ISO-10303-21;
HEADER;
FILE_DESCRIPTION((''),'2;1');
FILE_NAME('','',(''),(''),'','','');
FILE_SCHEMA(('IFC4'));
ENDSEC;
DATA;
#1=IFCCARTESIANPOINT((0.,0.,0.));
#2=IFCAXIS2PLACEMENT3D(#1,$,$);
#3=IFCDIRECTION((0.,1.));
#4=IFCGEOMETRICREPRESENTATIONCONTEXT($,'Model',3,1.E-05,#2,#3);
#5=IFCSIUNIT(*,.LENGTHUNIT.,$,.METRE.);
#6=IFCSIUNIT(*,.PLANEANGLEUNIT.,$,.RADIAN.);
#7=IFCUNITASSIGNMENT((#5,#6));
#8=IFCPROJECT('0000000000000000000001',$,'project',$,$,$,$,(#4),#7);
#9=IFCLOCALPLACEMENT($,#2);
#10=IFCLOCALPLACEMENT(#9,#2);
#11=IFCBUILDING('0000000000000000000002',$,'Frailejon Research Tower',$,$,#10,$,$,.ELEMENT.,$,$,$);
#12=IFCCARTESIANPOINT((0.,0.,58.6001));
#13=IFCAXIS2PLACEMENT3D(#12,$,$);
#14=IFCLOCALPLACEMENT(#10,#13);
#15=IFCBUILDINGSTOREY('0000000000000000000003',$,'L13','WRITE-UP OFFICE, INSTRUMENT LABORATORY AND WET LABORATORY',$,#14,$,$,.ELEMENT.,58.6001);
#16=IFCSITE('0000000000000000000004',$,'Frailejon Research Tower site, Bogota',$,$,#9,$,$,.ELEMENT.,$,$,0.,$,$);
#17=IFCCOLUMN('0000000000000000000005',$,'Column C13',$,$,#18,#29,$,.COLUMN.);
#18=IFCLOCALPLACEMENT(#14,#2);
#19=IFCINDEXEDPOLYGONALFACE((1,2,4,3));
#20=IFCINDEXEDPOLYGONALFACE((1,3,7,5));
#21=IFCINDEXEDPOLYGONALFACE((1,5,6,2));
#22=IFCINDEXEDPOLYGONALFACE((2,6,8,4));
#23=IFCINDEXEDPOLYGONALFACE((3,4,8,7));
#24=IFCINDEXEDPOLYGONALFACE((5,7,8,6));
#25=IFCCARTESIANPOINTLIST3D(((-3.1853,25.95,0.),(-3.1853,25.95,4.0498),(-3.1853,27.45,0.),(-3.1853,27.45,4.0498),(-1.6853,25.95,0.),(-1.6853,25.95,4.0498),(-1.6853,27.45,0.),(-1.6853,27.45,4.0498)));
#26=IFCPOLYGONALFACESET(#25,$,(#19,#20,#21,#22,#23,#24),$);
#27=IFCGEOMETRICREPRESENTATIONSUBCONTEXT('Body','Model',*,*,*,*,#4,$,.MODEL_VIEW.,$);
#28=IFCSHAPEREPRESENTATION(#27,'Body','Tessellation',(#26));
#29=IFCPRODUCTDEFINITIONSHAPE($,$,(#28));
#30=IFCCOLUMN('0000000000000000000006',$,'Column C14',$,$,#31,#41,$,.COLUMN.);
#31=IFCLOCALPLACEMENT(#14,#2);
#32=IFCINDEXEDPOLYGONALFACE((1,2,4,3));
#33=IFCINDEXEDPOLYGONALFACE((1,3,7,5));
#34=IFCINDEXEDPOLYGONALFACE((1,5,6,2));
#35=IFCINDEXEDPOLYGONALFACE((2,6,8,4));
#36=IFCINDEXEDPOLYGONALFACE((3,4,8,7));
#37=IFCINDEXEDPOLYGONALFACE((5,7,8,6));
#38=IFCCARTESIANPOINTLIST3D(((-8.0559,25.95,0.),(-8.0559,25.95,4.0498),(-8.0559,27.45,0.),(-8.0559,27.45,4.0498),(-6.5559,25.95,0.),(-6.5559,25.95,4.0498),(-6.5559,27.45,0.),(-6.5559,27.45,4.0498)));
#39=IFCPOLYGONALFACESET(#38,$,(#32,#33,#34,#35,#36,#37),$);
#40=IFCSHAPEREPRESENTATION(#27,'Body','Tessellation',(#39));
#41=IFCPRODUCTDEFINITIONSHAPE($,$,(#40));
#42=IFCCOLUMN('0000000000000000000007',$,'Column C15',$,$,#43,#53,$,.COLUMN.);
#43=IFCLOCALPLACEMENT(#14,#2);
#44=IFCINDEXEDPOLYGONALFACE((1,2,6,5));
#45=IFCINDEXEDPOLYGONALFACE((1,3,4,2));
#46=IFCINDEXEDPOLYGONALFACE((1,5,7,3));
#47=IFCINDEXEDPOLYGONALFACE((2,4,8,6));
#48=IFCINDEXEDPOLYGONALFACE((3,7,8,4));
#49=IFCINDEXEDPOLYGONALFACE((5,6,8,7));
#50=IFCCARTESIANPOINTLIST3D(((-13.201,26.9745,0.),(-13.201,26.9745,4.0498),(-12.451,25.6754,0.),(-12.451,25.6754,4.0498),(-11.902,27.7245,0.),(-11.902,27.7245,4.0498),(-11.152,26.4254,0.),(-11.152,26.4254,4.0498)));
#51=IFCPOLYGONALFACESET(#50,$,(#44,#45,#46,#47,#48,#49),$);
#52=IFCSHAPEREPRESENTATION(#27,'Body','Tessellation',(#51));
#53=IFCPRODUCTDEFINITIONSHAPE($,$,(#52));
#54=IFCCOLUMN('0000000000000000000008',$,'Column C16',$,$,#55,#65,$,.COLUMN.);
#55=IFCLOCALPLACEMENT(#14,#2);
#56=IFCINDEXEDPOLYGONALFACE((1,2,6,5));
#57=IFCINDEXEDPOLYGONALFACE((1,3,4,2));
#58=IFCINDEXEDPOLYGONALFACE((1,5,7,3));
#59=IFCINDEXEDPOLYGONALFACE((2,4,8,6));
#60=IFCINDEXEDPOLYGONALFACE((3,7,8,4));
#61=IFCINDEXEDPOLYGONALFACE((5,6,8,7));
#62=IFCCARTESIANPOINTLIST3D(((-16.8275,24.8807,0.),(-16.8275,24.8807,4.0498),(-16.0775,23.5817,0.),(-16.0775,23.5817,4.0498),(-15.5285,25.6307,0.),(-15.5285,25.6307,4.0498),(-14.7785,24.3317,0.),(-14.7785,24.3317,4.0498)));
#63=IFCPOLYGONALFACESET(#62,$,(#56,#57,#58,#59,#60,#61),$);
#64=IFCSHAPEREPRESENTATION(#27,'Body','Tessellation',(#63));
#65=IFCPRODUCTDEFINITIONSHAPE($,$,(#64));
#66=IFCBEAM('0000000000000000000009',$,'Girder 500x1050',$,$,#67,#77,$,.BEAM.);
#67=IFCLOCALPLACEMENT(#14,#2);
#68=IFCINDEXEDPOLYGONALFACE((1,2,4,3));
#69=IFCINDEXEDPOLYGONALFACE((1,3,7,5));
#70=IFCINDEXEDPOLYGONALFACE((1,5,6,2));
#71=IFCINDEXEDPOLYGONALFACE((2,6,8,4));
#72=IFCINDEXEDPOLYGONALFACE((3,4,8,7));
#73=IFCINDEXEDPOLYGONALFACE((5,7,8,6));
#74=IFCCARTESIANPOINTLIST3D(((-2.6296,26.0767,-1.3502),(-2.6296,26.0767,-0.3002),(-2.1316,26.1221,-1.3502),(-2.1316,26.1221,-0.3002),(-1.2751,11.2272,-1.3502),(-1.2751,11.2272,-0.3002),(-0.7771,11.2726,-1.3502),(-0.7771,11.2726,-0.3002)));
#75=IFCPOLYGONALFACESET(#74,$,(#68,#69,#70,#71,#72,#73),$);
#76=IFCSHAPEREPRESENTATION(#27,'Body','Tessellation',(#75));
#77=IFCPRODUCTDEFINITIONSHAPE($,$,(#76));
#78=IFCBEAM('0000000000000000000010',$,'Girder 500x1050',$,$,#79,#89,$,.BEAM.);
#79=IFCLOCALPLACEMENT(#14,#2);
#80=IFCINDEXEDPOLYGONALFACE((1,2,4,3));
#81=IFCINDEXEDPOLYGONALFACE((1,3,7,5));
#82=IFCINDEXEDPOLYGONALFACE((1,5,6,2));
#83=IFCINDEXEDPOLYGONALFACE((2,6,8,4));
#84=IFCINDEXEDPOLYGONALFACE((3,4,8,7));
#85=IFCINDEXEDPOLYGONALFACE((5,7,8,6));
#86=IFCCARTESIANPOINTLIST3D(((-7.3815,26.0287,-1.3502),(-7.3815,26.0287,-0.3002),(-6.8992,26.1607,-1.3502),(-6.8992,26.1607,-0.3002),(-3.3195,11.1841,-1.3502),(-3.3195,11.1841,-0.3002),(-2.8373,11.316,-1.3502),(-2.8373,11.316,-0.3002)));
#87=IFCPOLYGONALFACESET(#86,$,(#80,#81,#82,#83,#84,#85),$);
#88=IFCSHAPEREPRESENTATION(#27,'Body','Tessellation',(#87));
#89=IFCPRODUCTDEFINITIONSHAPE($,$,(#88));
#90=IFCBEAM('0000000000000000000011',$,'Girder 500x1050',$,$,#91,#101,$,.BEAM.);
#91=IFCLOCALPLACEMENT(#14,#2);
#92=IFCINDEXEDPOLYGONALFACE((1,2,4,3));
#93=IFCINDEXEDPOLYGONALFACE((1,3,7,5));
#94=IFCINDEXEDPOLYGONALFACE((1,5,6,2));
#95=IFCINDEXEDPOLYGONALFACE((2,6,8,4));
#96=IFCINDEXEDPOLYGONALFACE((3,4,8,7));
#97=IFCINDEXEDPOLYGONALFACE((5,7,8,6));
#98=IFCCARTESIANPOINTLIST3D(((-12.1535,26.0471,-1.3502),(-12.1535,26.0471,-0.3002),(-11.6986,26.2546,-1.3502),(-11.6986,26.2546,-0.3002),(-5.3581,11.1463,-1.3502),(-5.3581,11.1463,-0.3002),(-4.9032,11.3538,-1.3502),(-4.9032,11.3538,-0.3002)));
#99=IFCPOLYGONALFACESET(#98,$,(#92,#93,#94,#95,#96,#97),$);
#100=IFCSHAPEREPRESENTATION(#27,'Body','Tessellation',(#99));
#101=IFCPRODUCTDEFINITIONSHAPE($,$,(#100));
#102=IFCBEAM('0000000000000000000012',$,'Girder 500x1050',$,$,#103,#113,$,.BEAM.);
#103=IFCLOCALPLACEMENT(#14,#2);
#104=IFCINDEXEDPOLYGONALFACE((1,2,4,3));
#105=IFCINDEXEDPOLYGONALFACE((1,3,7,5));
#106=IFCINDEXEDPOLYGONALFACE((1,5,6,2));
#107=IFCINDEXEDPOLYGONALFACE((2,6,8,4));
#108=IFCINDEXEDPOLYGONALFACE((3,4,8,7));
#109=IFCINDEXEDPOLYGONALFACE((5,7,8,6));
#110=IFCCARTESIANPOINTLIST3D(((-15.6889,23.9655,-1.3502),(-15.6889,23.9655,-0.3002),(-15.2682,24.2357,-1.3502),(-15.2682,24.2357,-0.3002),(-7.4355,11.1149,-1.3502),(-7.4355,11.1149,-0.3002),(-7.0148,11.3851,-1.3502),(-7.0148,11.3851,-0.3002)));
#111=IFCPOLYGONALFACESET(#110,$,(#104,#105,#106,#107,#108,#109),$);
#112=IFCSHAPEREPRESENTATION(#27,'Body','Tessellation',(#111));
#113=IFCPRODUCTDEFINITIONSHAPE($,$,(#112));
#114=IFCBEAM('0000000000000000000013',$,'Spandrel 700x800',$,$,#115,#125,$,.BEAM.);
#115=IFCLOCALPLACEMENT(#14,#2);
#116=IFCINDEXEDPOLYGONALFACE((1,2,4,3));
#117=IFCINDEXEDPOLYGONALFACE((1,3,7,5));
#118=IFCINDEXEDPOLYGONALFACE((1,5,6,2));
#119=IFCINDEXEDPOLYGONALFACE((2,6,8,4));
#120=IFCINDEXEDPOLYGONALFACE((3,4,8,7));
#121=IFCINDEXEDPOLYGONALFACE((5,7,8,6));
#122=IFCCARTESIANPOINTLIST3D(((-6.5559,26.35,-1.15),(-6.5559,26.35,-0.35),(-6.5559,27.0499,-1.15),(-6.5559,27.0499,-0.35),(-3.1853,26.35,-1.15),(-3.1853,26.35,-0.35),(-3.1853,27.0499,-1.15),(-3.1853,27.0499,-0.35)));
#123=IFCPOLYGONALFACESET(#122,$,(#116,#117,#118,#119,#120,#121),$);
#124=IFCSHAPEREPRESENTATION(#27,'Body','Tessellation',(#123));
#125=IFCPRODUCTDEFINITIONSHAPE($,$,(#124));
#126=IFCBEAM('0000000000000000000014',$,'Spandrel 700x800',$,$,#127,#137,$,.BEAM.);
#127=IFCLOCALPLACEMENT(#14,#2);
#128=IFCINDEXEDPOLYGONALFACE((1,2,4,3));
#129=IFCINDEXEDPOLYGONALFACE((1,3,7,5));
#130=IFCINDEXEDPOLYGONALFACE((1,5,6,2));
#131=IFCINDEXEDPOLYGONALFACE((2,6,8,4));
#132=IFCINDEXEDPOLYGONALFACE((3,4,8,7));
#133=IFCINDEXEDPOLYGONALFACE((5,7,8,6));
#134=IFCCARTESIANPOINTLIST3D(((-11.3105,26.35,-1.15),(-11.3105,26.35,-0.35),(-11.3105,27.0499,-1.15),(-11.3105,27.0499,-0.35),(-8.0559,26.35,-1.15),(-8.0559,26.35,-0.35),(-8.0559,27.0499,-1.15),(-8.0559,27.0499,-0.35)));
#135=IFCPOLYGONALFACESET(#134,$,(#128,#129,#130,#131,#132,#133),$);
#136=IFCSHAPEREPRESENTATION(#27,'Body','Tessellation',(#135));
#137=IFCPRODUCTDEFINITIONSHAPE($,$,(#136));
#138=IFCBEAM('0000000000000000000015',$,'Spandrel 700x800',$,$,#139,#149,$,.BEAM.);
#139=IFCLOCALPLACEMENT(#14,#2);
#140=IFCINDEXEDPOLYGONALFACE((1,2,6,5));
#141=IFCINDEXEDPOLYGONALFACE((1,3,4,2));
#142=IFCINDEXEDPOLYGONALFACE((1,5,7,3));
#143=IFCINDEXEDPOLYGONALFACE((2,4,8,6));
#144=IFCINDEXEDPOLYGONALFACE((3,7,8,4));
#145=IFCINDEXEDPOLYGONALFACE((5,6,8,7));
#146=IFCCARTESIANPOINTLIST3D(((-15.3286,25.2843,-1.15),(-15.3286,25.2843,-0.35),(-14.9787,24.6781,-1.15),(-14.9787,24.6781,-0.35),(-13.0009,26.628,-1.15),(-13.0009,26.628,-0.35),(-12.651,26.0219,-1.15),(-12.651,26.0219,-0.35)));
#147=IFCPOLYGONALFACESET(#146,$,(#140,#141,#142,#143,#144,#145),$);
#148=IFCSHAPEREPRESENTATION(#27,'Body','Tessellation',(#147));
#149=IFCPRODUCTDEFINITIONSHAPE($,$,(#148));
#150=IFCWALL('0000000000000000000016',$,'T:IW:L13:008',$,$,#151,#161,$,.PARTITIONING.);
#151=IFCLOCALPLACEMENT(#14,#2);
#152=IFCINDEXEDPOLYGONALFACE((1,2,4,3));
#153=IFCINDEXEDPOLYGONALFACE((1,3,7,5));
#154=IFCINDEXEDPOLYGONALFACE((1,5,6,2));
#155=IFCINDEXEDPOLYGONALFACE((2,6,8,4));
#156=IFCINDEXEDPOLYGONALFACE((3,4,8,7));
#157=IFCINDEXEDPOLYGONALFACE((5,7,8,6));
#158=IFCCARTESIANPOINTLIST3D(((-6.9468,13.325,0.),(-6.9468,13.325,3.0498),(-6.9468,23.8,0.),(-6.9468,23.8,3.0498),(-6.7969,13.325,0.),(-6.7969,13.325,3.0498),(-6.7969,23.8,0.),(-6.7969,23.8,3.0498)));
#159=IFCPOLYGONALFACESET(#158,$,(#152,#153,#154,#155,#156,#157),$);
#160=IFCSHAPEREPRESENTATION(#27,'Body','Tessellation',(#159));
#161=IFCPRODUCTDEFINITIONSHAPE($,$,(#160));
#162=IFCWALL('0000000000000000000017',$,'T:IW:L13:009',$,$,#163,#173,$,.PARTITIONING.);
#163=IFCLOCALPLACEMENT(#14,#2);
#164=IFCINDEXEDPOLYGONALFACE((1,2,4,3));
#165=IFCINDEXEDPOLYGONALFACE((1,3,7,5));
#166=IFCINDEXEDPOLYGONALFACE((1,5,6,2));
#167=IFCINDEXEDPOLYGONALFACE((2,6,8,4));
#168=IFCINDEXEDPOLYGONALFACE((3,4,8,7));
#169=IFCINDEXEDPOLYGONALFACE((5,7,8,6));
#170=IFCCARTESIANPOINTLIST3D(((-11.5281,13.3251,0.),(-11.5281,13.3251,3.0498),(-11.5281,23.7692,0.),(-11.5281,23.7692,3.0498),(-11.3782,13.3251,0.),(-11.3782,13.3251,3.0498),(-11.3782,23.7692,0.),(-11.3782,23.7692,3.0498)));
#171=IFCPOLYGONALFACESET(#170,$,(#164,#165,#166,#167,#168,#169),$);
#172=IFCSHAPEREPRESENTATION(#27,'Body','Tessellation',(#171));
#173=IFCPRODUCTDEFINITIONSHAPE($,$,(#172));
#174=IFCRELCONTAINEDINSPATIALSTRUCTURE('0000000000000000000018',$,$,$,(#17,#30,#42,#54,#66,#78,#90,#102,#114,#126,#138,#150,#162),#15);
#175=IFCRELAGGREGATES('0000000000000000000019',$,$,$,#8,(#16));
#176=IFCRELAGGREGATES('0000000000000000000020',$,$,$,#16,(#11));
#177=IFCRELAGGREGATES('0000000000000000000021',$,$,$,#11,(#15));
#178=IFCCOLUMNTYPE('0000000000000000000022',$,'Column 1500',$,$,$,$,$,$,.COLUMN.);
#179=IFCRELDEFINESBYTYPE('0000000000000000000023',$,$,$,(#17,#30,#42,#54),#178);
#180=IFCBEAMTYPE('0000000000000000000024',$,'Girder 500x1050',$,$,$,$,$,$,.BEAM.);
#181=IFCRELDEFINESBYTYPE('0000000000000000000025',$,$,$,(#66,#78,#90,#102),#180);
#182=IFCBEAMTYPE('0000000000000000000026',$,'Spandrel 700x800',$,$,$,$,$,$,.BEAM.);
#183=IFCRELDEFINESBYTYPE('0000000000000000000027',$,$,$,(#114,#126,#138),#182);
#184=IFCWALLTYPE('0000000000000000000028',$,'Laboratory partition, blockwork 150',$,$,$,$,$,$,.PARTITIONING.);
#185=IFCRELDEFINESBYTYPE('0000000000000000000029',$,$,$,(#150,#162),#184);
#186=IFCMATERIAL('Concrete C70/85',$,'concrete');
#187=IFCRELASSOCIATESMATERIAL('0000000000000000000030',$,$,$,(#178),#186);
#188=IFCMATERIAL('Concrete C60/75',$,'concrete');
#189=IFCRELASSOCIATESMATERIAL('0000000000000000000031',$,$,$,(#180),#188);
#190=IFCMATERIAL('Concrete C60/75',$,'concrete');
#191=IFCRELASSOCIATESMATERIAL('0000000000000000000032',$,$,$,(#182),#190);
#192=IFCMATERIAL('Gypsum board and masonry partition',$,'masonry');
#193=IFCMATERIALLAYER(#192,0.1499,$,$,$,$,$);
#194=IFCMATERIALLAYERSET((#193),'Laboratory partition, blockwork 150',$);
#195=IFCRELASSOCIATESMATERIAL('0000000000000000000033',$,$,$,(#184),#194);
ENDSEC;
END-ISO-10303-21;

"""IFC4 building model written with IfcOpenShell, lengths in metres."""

from ifc_helpers import new_model, si_unit, direction, frame, frame_2d, origin, origin_2d, place, context, subcontext, project, spatial, rectangle, extrude, material, layer, layer_set, material_profile, profile_set, type_object, element, save


model = new_model("IFC4")

# Units and contexts
model_context = context("Model", 3, precision=1e-05, world=origin(), true_north=direction((0.0, 1.0)))
body_context = subcontext(model_context, "Body", "Model", "MODEL_VIEW")
ifc_project = project(units=[si_unit("LENGTHUNIT", "METRE"), si_unit("PLANEANGLEUNIT", "RADIAN")], contexts=[model_context])

# Site, building, storey
site_placement = place(None, origin())
site = spatial("IfcSite", under=ifc_project, at=site_placement, Name="Frailejon Research Tower site, Bogota", CompositionType="ELEMENT", RefElevation=0.0)
building_placement = place(site_placement, origin())
building = spatial("IfcBuilding", under=site, at=building_placement, Name="Frailejon Research Tower", CompositionType="ELEMENT")
storey_placement = place(building_placement, frame((0.0, 0.0, 58.6001)))
storey = spatial("IfcBuildingStorey", under=building, at=storey_placement, Name="L13", Description="WRITE-UP OFFICE, INSTRUMENT LABORATORY AND WET LABORATORY", CompositionType="ELEMENT", Elevation=58.6001)

# Columns
ifc_material_1 = material(Name="Concrete C70/85", Category="concrete")
ifc_material_profile_1 = material_profile(ifc_material_1, rectangle(XDim=1.5, YDim=1.5, at=origin_2d()), Name="Column 1500")
ifc_profile_set_1 = profile_set([ifc_material_profile_1], Name="Concrete C70/85")
column_type = type_object("IfcColumnType", Name="Column 1500", PredefinedType="COLUMN", material=ifc_profile_set_1)
for number, where, z_axis, x_axis, name in (
    (1, (-2.4353, 26.7, 0.0), (0.0, 0.0, 1.0), (-1.0, 0.0, 0.0), "Column C13"),
    (2, (-7.3059, 26.7, 0.0), (0.0, 0.0, 1.0), (-1.0, 0.0, 0.0), "Column C14"),
    (3, (-12.1765, 26.7, 0.0), (0.0, 0.0, 1.0), (-0.866025, -0.5, 0.0), "Column C15"),
    (4, (-15.803, 24.6062, 0.0), (0.0, 0.0, 1.0), (-0.866025, -0.5, 0.0), "Column C16"),
):
    element("IfcColumn", number, at=place(storey_placement, frame(where, z_axis=z_axis, x_axis=x_axis)), inside=storey, type_object=column_type, Name=name, PredefinedType="COLUMN", context=body_context, shape_type="SweptSolid", body=[
        extrude(rectangle(XDim=1.5, YDim=1.5, at=origin_2d()), origin(), (0.0, 0.0, 1.0), 4.0498),
    ])

# Beams
ifc_material_2 = material(Name="Concrete C60/75", Category="concrete")
ifc_material_profile_2 = material_profile(ifc_material_2, rectangle(XDim=0.5, YDim=1.05, at=origin_2d()), Name="Girder 500x1050")
ifc_profile_set_2 = profile_set([ifc_material_profile_2], Name="Concrete C60/75")
beam_type_1 = type_object("IfcBeamType", Name="Girder 500x1050", PredefinedType="BEAM", material=ifc_profile_set_2)
beam_1_placement = place(storey_placement, frame((-2.3806, 26.0994, -0.8252), z_axis=(0.090838, -0.995866, 0.0), x_axis=(0.995866, 0.090838, 0.0)))
element("IfcBeam", 5, at=beam_1_placement, inside=storey, type_object=beam_type_1, Name="Girder 500x1050", PredefinedType="BEAM", context=body_context, shape_type="SweptSolid", body=[
    extrude(rectangle(XDim=0.5, YDim=1.05, at=origin_2d()), origin(), (0.0, 0.0, 1.0), 14.9111),
])
beam_2_placement = place(storey_placement, frame((-7.1404, 26.0947, -0.8252), z_axis=(0.263931, -0.964542, 0.0), x_axis=(0.964542, 0.263931, 0.0)))
element("IfcBeam", 6, at=beam_2_placement, inside=storey, type_object=beam_type_1, Name="Girder 500x1050", PredefinedType="BEAM", context=body_context, shape_type="SweptSolid", body=[
    extrude(rectangle(XDim=0.5, YDim=1.05, at=origin_2d()), origin(), (0.0, 0.0, 1.0), 15.3904),
])
beam_3_placement = place(storey_placement, frame((-11.926, 26.1509, -0.8252), z_axis=(0.41493, -0.909853, 0.0), x_axis=(0.909853, 0.41493, 0.0)))
element("IfcBeam", 7, at=beam_3_placement, inside=storey, type_object=beam_type_1, Name="Girder 500x1050", PredefinedType="BEAM", context=body_context, shape_type="SweptSolid", body=[
    extrude(rectangle(XDim=0.5, YDim=1.05, at=origin_2d()), origin(), (0.0, 0.0, 1.0), 16.3772),
])
beam_4_placement = place(storey_placement, frame((-15.4785, 24.1006, -0.8252), z_axis=(0.540402, -0.841407, 0.0), x_axis=(0.841407, 0.540402, 0.0)))
element("IfcBeam", 8, at=beam_4_placement, inside=storey, type_object=beam_type_1, Name="Girder 500x1050", PredefinedType="BEAM", context=body_context, shape_type="SweptSolid", body=[
    extrude(rectangle(XDim=0.5, YDim=1.05, at=origin_2d()), origin(), (0.0, 0.0, 1.0), 15.2727),
])
ifc_material_3 = material(Name="Concrete C60/75", Category="concrete")
ifc_material_profile_3 = material_profile(ifc_material_3, rectangle(XDim=0.7, YDim=0.8, at=origin_2d()), Name="Spandrel 700x800")
ifc_profile_set_3 = profile_set([ifc_material_profile_3], Name="Concrete C60/75")
beam_type_2 = type_object("IfcBeamType", Name="Spandrel 700x800", PredefinedType="BEAM", material=ifc_profile_set_3)
beam_5_placement = place(storey_placement, frame((-3.1853, 26.7, -0.75), z_axis=(-1.0, 0.0, 0.0), x_axis=(0.0, -1.0, 0.0)))
element("IfcBeam", 9, at=beam_5_placement, inside=storey, type_object=beam_type_2, Name="Spandrel 700x800", PredefinedType="BEAM", context=body_context, shape_type="SweptSolid", body=[
    extrude(rectangle(XDim=0.7, YDim=0.8, at=origin_2d()), origin(), (0.0, 0.0, 1.0), 3.3706),
])
beam_6_placement = place(storey_placement, frame((-8.0559, 26.7, -0.75), z_axis=(-1.0, 0.0, 0.0), x_axis=(0.0, -1.0, 0.0)))
element("IfcBeam", 10, at=beam_6_placement, inside=storey, type_object=beam_type_2, Name="Spandrel 700x800", PredefinedType="BEAM", context=body_context, shape_type="SweptSolid", body=[
    extrude(rectangle(XDim=0.7, YDim=0.8, at=origin_2d()), origin(), (0.0, 0.0, 1.0), 3.2546),
])
beam_7_placement = place(storey_placement, frame((-12.8259, 26.325, -0.75), z_axis=(-0.866043, -0.499969, 0.0), x_axis=(0.499969, -0.866043, 0.0)))
element("IfcBeam", 11, at=beam_7_placement, inside=storey, type_object=beam_type_2, Name="Spandrel 700x800", PredefinedType="BEAM", context=body_context, shape_type="SweptSolid", body=[
    extrude(rectangle(XDim=0.7, YDim=0.8, at=origin_2d()), origin(), (0.0, 0.0, 1.0), 2.6877),
])

# Walls
ifc_material_4 = material(Name="Gypsum board and masonry partition", Category="masonry")
ifc_layer_1 = layer(ifc_material_4, 0.1499)
ifc_layer_set_1 = layer_set([ifc_layer_1], Name="Laboratory partition, blockwork 150")
wall_type_1 = type_object("IfcWallType", Name="Laboratory partition, blockwork 150", PredefinedType="PARTITIONING", material=ifc_layer_set_1)
wall_1_placement = place(storey_placement, frame((-6.8718, 13.325, 0.0), z_axis=(0.0, 0.0, 1.0), x_axis=(0.0, 1.0, 0.0)))
element("IfcWall", 12, at=wall_1_placement, inside=storey, type_object=wall_type_1, Name="T:IW:L13:008", PredefinedType="PARTITIONING", context=body_context, shape_type="SweptSolid", body=[
    extrude(rectangle(XDim=10.4751, YDim=0.1499, at=frame_2d((5.2375, 0.0))), origin(), (0.0, 0.0, 1.0), 3.0498),
])
wall_2_placement = place(storey_placement, frame((-11.4531, 13.325, 0.0), z_axis=(0.0, 0.0, 1.0), x_axis=(0.0, 1.0, 0.0)))
element("IfcWall", 13, at=wall_2_placement, inside=storey, type_object=wall_type_1, Name="T:IW:L13:009", PredefinedType="PARTITIONING", context=body_context, shape_type="SweptSolid", body=[
    extrude(rectangle(XDim=10.4441, YDim=0.1499, at=frame_2d((5.2222, 0.0))), origin(), (0.0, 0.0, 1.0), 3.0498),
])

save(model, "model.ifc")
